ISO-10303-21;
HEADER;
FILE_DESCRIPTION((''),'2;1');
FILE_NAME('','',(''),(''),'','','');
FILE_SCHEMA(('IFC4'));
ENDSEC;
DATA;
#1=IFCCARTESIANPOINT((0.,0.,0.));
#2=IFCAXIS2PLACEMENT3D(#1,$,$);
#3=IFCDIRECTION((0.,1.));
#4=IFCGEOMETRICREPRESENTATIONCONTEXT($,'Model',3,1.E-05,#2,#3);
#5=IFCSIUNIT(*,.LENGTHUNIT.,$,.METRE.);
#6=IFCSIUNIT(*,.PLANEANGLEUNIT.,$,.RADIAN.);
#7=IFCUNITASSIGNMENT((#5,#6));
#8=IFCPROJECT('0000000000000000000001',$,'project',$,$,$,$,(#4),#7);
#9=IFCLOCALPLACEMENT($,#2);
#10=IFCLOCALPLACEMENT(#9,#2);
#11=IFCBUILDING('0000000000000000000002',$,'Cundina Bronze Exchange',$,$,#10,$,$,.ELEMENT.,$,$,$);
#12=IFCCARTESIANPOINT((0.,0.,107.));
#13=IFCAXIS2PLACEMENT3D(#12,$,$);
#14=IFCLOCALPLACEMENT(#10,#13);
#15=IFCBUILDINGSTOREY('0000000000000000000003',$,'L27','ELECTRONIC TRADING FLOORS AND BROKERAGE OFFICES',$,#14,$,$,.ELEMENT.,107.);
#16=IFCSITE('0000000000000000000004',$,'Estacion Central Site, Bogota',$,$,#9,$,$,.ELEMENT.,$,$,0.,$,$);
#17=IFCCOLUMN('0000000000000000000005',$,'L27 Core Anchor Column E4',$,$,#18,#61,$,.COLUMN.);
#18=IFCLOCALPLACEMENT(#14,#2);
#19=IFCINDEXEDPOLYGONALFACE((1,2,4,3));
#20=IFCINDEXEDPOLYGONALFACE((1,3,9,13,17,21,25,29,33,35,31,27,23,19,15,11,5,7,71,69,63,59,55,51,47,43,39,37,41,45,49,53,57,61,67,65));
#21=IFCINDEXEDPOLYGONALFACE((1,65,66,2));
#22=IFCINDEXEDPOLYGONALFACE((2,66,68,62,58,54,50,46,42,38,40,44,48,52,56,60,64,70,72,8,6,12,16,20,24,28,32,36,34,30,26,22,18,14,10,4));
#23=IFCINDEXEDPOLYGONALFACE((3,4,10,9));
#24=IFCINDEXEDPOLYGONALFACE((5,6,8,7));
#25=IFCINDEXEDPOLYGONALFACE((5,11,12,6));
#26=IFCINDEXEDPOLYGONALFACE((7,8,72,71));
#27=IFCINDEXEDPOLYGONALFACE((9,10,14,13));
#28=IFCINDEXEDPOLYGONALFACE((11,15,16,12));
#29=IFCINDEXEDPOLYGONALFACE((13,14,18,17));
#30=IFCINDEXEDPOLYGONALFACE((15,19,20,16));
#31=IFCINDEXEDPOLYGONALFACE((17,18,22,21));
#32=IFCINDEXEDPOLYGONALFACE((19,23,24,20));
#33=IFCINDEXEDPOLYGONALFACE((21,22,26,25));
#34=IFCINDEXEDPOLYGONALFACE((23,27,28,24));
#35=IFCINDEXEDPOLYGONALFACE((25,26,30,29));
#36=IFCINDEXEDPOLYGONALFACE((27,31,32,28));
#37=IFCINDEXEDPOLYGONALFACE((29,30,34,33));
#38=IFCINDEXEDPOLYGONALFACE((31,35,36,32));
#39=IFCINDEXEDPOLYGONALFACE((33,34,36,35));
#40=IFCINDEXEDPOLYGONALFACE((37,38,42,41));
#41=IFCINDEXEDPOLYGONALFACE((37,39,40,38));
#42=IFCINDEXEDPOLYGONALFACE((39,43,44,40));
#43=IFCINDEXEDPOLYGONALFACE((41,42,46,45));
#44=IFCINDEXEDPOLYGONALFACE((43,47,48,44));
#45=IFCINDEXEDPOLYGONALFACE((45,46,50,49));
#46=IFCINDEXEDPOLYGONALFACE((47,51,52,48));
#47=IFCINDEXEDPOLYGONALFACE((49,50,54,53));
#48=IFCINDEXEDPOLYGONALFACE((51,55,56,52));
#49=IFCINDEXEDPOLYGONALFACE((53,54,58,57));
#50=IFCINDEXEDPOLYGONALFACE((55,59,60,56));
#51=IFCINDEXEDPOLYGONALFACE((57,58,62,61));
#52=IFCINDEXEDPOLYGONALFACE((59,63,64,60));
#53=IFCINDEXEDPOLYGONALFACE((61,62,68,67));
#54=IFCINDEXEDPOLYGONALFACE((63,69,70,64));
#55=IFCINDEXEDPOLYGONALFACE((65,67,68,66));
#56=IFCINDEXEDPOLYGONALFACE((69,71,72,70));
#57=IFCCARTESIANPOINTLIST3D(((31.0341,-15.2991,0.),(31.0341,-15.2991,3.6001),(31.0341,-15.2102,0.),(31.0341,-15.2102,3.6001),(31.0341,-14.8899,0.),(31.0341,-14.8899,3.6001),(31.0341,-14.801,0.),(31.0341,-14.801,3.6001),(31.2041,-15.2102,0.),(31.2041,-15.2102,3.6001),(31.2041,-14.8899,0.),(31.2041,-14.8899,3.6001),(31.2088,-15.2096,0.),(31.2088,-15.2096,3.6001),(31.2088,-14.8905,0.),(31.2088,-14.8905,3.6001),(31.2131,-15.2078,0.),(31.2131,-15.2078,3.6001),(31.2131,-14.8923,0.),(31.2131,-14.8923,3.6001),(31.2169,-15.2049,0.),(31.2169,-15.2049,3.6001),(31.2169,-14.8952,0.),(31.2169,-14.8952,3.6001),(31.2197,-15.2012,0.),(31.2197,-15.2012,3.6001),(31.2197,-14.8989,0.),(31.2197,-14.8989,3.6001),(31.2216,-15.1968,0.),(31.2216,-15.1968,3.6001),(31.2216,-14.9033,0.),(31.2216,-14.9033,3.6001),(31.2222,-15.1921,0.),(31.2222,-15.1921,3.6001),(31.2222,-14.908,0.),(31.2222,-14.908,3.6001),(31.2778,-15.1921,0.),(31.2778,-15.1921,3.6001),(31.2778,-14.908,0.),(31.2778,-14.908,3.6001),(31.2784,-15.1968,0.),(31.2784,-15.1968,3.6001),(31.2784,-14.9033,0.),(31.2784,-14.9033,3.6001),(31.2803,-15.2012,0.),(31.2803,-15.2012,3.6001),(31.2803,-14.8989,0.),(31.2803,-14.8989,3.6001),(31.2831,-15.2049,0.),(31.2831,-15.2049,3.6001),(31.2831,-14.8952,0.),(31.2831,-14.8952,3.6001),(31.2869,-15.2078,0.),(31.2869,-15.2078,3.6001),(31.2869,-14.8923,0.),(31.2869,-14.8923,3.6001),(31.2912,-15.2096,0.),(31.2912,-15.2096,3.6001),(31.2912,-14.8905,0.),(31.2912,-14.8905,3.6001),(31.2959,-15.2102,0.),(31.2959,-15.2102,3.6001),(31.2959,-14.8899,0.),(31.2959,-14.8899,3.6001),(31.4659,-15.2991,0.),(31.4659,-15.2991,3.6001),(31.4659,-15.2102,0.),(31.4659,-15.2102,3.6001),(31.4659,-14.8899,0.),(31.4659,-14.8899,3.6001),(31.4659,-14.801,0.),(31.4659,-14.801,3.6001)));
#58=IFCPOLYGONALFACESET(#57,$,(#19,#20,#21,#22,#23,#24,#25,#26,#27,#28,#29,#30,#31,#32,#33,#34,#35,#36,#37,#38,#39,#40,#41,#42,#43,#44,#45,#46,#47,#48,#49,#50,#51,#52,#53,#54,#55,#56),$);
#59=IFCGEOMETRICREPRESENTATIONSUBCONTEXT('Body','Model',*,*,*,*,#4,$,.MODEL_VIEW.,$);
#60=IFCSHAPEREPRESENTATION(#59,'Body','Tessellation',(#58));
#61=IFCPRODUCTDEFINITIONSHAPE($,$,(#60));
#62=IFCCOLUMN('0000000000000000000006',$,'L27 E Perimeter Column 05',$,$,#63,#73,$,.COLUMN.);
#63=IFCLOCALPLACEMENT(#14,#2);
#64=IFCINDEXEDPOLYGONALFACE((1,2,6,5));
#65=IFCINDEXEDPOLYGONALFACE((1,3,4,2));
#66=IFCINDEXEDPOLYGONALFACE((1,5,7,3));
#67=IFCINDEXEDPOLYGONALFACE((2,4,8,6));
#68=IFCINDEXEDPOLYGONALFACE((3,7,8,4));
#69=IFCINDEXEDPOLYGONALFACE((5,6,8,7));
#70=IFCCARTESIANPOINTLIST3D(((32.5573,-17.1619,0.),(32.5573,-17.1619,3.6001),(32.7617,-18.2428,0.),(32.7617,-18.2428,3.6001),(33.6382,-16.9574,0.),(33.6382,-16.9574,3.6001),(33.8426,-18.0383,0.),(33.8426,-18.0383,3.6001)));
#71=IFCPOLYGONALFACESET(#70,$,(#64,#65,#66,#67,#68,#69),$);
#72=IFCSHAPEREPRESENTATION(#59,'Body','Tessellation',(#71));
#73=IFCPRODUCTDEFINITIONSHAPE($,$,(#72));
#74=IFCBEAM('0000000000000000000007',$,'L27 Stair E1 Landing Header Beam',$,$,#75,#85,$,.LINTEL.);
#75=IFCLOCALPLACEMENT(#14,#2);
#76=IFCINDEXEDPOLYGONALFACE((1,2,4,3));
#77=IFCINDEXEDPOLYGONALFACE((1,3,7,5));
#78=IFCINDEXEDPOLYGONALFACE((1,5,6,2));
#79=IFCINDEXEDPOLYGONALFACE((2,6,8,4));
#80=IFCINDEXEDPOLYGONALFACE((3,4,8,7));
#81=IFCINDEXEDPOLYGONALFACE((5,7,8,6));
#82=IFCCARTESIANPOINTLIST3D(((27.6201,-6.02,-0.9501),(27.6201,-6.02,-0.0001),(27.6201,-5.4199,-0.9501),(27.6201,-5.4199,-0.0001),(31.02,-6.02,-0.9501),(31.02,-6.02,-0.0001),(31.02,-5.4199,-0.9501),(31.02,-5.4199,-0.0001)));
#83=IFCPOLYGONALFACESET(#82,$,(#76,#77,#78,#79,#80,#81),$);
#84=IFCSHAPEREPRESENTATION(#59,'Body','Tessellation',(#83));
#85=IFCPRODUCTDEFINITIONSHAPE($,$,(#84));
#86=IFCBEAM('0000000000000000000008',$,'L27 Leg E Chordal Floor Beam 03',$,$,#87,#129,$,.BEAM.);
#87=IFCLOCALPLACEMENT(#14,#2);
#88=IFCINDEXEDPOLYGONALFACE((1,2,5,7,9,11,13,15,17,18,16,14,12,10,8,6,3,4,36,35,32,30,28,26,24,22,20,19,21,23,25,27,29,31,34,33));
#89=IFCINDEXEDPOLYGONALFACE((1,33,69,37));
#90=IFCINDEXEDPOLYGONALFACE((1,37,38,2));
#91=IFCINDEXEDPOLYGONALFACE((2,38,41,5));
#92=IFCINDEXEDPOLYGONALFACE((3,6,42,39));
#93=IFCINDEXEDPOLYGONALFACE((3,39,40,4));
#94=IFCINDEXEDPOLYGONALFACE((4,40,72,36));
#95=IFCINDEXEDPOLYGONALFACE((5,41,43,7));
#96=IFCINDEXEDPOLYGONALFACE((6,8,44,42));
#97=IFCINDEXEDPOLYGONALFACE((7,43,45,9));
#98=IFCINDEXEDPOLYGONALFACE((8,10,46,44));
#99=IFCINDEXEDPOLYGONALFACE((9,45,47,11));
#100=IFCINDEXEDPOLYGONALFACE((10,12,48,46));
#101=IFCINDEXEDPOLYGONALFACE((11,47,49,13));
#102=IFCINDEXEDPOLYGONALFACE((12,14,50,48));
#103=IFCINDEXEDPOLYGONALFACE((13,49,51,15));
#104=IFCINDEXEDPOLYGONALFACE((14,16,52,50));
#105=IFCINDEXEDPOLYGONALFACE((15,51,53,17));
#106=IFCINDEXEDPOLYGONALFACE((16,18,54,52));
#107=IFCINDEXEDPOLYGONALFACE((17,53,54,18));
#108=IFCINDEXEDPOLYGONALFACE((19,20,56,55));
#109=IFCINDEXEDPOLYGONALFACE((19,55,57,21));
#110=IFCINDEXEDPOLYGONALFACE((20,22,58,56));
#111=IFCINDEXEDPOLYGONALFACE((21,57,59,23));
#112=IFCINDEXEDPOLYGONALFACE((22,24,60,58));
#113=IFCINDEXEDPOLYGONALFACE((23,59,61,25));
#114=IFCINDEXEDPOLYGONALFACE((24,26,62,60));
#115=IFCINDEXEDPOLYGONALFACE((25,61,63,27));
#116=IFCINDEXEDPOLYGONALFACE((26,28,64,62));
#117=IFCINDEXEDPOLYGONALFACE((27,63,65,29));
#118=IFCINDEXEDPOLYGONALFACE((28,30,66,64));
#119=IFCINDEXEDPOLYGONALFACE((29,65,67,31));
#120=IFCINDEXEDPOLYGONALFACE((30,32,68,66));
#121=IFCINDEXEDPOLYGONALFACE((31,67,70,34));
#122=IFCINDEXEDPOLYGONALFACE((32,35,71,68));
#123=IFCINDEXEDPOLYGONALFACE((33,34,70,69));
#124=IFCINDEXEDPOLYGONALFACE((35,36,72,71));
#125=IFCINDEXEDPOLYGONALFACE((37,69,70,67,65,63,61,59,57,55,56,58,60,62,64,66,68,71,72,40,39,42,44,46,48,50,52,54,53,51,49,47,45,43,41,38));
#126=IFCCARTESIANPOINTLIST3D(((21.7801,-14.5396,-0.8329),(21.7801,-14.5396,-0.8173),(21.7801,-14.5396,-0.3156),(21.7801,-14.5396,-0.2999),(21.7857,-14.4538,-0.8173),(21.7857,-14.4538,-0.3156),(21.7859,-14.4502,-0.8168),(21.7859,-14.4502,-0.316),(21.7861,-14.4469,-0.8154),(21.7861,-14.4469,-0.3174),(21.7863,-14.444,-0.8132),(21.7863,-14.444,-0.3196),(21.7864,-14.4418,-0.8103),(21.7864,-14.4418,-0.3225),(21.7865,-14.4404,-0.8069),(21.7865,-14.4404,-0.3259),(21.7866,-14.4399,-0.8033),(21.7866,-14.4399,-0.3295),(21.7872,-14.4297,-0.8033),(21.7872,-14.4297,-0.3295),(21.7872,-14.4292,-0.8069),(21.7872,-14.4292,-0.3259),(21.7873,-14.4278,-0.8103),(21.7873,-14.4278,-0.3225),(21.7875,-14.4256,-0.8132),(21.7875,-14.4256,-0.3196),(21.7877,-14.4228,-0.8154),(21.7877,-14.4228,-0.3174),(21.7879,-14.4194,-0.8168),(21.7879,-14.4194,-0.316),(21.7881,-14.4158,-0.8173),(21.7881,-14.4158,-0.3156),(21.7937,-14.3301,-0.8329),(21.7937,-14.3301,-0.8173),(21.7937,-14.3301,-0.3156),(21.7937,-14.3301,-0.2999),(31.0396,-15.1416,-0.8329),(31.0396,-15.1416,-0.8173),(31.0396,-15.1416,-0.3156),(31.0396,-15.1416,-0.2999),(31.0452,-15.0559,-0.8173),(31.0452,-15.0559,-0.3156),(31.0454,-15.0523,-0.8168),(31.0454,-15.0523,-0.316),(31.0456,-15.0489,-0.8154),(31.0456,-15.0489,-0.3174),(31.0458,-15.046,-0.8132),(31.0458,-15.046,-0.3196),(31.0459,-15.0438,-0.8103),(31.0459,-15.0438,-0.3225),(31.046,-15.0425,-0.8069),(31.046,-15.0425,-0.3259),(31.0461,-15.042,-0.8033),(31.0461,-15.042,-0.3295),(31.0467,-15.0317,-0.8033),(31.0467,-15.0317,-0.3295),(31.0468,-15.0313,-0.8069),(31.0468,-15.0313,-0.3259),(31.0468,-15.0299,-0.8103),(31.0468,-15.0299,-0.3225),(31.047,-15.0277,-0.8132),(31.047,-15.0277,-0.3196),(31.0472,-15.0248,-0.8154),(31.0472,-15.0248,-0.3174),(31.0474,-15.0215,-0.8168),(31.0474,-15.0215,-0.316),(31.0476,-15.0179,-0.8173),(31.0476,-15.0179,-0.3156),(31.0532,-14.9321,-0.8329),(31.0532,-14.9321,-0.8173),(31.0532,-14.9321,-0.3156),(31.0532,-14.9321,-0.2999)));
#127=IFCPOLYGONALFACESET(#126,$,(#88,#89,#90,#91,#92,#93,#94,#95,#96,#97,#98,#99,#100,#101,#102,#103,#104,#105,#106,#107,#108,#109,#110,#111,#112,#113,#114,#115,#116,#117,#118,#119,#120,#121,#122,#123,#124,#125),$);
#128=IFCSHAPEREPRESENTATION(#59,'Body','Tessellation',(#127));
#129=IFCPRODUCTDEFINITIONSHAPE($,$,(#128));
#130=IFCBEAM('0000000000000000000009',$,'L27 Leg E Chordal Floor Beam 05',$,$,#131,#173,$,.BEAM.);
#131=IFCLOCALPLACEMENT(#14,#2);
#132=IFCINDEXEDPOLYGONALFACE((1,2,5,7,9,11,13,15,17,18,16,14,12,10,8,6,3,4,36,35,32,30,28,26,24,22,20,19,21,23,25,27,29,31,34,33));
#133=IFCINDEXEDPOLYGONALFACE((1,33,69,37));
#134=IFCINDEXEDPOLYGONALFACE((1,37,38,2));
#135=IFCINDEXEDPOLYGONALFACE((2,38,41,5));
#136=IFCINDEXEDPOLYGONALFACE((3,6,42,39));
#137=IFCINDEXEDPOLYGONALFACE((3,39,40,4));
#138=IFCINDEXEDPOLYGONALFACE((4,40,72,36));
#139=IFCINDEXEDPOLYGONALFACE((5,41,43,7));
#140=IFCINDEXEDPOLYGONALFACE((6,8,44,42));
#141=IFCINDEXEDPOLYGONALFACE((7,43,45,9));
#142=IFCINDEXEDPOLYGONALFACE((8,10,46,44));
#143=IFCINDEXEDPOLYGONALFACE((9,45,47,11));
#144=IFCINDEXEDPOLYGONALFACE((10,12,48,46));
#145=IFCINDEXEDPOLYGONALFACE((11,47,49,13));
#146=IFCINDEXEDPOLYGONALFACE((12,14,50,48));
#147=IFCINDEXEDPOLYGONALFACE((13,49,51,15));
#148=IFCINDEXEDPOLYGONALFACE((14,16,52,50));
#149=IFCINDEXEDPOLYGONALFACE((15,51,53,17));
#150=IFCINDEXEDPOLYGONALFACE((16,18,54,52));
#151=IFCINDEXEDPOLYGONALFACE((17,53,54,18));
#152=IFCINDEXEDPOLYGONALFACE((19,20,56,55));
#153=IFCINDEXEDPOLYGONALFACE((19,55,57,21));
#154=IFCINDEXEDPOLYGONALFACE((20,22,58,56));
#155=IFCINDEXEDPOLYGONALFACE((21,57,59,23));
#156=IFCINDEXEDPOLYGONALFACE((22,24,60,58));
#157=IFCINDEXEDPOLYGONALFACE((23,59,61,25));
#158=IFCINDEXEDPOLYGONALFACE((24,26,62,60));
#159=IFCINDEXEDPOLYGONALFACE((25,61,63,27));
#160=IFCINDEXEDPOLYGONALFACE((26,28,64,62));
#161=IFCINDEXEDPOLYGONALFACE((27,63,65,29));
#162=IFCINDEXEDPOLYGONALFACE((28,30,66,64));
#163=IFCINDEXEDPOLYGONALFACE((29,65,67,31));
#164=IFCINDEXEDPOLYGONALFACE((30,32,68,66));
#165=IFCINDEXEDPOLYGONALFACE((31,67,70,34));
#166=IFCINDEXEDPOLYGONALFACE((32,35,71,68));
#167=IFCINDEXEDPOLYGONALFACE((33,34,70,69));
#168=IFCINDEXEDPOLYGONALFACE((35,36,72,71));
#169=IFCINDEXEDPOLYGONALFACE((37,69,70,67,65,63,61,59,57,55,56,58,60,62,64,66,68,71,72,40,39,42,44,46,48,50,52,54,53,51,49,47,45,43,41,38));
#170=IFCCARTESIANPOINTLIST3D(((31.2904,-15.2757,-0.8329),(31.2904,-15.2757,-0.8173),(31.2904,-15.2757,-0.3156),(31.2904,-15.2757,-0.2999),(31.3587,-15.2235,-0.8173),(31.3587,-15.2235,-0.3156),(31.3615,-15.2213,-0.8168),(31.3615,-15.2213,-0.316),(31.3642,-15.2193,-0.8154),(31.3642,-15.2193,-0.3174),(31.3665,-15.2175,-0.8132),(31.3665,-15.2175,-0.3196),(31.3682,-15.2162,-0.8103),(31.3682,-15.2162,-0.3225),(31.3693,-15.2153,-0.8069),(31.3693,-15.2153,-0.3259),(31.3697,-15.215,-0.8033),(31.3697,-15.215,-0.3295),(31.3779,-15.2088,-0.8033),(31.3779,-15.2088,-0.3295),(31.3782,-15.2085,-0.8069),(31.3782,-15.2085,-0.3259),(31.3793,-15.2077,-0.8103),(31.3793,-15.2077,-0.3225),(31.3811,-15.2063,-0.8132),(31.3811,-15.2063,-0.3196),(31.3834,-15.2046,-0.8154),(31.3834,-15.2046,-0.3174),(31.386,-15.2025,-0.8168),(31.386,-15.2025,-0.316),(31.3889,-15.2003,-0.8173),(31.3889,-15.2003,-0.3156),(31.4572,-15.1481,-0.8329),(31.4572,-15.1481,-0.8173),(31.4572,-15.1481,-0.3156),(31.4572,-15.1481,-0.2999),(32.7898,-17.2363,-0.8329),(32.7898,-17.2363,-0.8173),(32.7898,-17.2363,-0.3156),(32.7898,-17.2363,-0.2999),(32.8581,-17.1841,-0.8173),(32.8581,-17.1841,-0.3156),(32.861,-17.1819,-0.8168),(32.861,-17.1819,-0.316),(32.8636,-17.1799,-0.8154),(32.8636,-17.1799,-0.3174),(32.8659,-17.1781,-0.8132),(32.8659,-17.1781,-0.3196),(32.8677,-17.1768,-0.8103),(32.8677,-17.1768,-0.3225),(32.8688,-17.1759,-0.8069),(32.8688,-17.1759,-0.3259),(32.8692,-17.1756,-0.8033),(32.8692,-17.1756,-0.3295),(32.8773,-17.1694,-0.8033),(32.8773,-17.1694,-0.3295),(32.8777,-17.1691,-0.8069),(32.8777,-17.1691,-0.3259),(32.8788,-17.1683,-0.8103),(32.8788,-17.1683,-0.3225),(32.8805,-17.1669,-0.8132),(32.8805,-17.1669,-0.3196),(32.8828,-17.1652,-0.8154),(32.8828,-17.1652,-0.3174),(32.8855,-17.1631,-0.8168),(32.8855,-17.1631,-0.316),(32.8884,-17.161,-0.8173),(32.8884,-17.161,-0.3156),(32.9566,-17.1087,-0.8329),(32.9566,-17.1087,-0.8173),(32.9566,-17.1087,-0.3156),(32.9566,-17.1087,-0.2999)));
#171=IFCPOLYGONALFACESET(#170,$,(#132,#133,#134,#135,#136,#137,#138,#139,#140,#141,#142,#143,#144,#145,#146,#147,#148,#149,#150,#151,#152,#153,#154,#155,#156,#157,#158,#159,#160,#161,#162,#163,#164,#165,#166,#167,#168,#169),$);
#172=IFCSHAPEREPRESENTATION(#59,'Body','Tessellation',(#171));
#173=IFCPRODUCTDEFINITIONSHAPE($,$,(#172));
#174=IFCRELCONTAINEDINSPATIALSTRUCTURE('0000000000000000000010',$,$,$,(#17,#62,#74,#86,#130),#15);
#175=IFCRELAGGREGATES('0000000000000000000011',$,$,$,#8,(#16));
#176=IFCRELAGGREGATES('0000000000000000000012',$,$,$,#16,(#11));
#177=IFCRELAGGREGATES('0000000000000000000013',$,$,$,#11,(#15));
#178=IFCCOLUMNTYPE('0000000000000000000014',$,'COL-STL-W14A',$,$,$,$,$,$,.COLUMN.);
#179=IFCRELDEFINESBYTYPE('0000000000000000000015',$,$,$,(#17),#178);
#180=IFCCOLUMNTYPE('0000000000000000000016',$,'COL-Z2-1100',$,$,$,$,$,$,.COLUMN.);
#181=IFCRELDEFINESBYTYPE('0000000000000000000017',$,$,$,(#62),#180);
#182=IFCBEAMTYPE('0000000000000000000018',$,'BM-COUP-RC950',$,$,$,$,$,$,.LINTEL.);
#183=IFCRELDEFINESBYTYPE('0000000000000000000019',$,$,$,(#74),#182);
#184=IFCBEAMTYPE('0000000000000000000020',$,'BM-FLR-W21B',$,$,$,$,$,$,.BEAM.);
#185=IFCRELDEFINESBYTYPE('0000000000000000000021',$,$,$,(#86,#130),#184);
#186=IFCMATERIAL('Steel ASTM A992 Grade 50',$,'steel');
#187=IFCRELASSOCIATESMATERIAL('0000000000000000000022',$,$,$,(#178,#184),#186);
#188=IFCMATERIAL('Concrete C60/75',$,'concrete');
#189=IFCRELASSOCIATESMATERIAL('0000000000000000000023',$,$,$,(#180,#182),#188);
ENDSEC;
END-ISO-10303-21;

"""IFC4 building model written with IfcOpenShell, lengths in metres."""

from ifc_helpers import new_model, si_unit, direction, frame, origin, origin_2d, place, context, subcontext, project, spatial, rectangle, i_section, extrude, material, material_profile, profile_set, type_object, element, save


model = new_model("IFC4")

# Units and contexts
model_context = context("Model", 3, precision=1e-05, world=origin(), true_north=direction((0.0, 1.0)))
body_context = subcontext(model_context, "Body", "Model", "MODEL_VIEW")
ifc_project = project(units=[si_unit("LENGTHUNIT", "METRE"), si_unit("PLANEANGLEUNIT", "RADIAN")], contexts=[model_context])

# Site, building, storey
site_placement = place(None, origin())
site = spatial("IfcSite", under=ifc_project, at=site_placement, Name="Estacion Central Site, Bogota", CompositionType="ELEMENT", RefElevation=0.0)
building_placement = place(site_placement, origin())
building = spatial("IfcBuilding", under=site, at=building_placement, Name="Cundina Bronze Exchange", CompositionType="ELEMENT")
storey_placement = place(building_placement, frame((0.0, 0.0, 107.0)))
storey = spatial("IfcBuildingStorey", under=building, at=storey_placement, Name="L27", Description="ELECTRONIC TRADING FLOORS AND BROKERAGE OFFICES", CompositionType="ELEMENT", Elevation=107.0)

# Columns
ifc_material_1 = material(Name="Steel ASTM A992 Grade 50", Category="steel")
ifc_material_profile_1 = material_profile(ifc_material_1, i_section(OverallWidth=0.4319, OverallDepth=0.498, WebThickness=0.0557, FlangeThickness=0.0889, FilletRadius=0.0181, at=origin_2d()), Name="W14X500", Category="steel")
ifc_profile_set_1 = profile_set([ifc_material_profile_1], Name="Steel ASTM A992 Grade 50")
column_type_1 = type_object("IfcColumnType", Name="COL-STL-W14A", PredefinedType="COLUMN", material=ifc_profile_set_1)
column_1_placement = place(storey_placement, frame((31.25, -15.05, 0.0), z_axis=(0.0, 0.0, 1.0), x_axis=(1.0, 0.0, 0.0)))
element("IfcColumn", 1, at=column_1_placement, inside=storey, type_object=column_type_1, Name="L27 Core Anchor Column E4", PredefinedType="COLUMN", context=body_context, shape_type="SweptSolid", body=[
    extrude(i_section(OverallWidth=0.4319, OverallDepth=0.498, WebThickness=0.0557, FlangeThickness=0.0889, FilletRadius=0.0181, at=origin_2d()), origin(), (0.0, 0.0, 1.0), 3.6001),
])
ifc_material_2 = material(Name="Concrete C60/75", Category="concrete")
ifc_material_profile_2 = material_profile(ifc_material_2, rectangle(XDim=1.1001, YDim=1.1001, at=origin_2d()), Name="RC1100X1100", Category="concrete")
ifc_profile_set_2 = profile_set([ifc_material_profile_2], Name="Concrete C60/75")
column_type_2 = type_object("IfcColumnType", Name="COL-Z2-1100", PredefinedType="COLUMN", material=ifc_profile_set_2)
column_2_placement = place(storey_placement, frame((33.2, -17.6001, 0.0), z_axis=(0.0, 0.0, 1.0), x_axis=(0.98258, 0.185838, 0.0)))
element("IfcColumn", 2, at=column_2_placement, inside=storey, type_object=column_type_2, Name="L27 E Perimeter Column 05", PredefinedType="COLUMN", context=body_context, shape_type="SweptSolid", body=[
    extrude(rectangle(XDim=1.1001, YDim=1.1001, at=origin_2d()), origin(), (0.0, 0.0, 1.0), 3.6001),
])

# Beams
ifc_material_profile_3 = material_profile(ifc_material_2, rectangle(XDim=0.6001, YDim=0.95, at=origin_2d()), Name="RC600X950", Category="concrete")
ifc_profile_set_3 = profile_set([ifc_material_profile_3], Name="Concrete C60/75")
beam_type_1 = type_object("IfcBeamType", Name="BM-COUP-RC950", PredefinedType="LINTEL", material=ifc_profile_set_3)
beam_1_placement = place(storey_placement, frame((27.6201, -5.72, -0.4751), z_axis=(1.0, 0.0, 0.0), x_axis=(0.0, 1.0, 0.0)))
element("IfcBeam", 3, at=beam_1_placement, inside=storey, type_object=beam_type_1, Name="L27 Stair E1 Landing Header Beam", PredefinedType="LINTEL", context=body_context, shape_type="SweptSolid", body=[
    extrude(rectangle(XDim=0.6001, YDim=0.95, at=origin_2d()), origin(), (0.0, 0.0, 1.0), 3.3999),
])
ifc_material_profile_4 = material_profile(ifc_material_1, i_section(OverallWidth=0.21, OverallDepth=0.533, WebThickness=0.0103, FlangeThickness=0.0156, FilletRadius=0.0139, at=origin_2d()), Name="W21X62", Category="steel")
ifc_profile_set_4 = profile_set([ifc_material_profile_4], Name="Steel ASTM A992 Grade 50")
beam_type_2 = type_object("IfcBeamType", Name="BM-FLR-W21B", PredefinedType="BEAM", material=ifc_profile_set_4)
beam_2_placement = place(storey_placement, frame((31.0464, -15.0369, -0.5664), z_axis=(-0.997893, 0.064883, 0.0), x_axis=(-0.064883, -0.997893, 0.0)))
element("IfcBeam", 4, at=beam_2_placement, inside=storey, type_object=beam_type_2, Name="L27 Leg E Chordal Floor Beam 03", PredefinedType="BEAM", context=body_context, shape_type="SweptSolid", body=[
    extrude(i_section(OverallWidth=0.21, OverallDepth=0.533, WebThickness=0.0103, FlangeThickness=0.0156, FilletRadius=0.0139, at=origin_2d()), origin(), (0.0, 0.0, 1.0), 9.2791),
])
beam_3_placement = place(storey_placement, frame((31.3738, -15.2119, -0.5664), z_axis=(0.60749, -0.794327, 0.0), x_axis=(0.794327, 0.60749, 0.0)))
element("IfcBeam", 5, at=beam_3_placement, inside=storey, type_object=beam_type_2, Name="L27 Leg E Chordal Floor Beam 05", PredefinedType="BEAM", context=body_context, shape_type="SweptSolid", body=[
    extrude(i_section(OverallWidth=0.21, OverallDepth=0.533, WebThickness=0.0103, FlangeThickness=0.0156, FilletRadius=0.0139, at=origin_2d()), origin(), (0.0, 0.0, 1.0), 2.4683),
])

save(model, "model.ifc")
